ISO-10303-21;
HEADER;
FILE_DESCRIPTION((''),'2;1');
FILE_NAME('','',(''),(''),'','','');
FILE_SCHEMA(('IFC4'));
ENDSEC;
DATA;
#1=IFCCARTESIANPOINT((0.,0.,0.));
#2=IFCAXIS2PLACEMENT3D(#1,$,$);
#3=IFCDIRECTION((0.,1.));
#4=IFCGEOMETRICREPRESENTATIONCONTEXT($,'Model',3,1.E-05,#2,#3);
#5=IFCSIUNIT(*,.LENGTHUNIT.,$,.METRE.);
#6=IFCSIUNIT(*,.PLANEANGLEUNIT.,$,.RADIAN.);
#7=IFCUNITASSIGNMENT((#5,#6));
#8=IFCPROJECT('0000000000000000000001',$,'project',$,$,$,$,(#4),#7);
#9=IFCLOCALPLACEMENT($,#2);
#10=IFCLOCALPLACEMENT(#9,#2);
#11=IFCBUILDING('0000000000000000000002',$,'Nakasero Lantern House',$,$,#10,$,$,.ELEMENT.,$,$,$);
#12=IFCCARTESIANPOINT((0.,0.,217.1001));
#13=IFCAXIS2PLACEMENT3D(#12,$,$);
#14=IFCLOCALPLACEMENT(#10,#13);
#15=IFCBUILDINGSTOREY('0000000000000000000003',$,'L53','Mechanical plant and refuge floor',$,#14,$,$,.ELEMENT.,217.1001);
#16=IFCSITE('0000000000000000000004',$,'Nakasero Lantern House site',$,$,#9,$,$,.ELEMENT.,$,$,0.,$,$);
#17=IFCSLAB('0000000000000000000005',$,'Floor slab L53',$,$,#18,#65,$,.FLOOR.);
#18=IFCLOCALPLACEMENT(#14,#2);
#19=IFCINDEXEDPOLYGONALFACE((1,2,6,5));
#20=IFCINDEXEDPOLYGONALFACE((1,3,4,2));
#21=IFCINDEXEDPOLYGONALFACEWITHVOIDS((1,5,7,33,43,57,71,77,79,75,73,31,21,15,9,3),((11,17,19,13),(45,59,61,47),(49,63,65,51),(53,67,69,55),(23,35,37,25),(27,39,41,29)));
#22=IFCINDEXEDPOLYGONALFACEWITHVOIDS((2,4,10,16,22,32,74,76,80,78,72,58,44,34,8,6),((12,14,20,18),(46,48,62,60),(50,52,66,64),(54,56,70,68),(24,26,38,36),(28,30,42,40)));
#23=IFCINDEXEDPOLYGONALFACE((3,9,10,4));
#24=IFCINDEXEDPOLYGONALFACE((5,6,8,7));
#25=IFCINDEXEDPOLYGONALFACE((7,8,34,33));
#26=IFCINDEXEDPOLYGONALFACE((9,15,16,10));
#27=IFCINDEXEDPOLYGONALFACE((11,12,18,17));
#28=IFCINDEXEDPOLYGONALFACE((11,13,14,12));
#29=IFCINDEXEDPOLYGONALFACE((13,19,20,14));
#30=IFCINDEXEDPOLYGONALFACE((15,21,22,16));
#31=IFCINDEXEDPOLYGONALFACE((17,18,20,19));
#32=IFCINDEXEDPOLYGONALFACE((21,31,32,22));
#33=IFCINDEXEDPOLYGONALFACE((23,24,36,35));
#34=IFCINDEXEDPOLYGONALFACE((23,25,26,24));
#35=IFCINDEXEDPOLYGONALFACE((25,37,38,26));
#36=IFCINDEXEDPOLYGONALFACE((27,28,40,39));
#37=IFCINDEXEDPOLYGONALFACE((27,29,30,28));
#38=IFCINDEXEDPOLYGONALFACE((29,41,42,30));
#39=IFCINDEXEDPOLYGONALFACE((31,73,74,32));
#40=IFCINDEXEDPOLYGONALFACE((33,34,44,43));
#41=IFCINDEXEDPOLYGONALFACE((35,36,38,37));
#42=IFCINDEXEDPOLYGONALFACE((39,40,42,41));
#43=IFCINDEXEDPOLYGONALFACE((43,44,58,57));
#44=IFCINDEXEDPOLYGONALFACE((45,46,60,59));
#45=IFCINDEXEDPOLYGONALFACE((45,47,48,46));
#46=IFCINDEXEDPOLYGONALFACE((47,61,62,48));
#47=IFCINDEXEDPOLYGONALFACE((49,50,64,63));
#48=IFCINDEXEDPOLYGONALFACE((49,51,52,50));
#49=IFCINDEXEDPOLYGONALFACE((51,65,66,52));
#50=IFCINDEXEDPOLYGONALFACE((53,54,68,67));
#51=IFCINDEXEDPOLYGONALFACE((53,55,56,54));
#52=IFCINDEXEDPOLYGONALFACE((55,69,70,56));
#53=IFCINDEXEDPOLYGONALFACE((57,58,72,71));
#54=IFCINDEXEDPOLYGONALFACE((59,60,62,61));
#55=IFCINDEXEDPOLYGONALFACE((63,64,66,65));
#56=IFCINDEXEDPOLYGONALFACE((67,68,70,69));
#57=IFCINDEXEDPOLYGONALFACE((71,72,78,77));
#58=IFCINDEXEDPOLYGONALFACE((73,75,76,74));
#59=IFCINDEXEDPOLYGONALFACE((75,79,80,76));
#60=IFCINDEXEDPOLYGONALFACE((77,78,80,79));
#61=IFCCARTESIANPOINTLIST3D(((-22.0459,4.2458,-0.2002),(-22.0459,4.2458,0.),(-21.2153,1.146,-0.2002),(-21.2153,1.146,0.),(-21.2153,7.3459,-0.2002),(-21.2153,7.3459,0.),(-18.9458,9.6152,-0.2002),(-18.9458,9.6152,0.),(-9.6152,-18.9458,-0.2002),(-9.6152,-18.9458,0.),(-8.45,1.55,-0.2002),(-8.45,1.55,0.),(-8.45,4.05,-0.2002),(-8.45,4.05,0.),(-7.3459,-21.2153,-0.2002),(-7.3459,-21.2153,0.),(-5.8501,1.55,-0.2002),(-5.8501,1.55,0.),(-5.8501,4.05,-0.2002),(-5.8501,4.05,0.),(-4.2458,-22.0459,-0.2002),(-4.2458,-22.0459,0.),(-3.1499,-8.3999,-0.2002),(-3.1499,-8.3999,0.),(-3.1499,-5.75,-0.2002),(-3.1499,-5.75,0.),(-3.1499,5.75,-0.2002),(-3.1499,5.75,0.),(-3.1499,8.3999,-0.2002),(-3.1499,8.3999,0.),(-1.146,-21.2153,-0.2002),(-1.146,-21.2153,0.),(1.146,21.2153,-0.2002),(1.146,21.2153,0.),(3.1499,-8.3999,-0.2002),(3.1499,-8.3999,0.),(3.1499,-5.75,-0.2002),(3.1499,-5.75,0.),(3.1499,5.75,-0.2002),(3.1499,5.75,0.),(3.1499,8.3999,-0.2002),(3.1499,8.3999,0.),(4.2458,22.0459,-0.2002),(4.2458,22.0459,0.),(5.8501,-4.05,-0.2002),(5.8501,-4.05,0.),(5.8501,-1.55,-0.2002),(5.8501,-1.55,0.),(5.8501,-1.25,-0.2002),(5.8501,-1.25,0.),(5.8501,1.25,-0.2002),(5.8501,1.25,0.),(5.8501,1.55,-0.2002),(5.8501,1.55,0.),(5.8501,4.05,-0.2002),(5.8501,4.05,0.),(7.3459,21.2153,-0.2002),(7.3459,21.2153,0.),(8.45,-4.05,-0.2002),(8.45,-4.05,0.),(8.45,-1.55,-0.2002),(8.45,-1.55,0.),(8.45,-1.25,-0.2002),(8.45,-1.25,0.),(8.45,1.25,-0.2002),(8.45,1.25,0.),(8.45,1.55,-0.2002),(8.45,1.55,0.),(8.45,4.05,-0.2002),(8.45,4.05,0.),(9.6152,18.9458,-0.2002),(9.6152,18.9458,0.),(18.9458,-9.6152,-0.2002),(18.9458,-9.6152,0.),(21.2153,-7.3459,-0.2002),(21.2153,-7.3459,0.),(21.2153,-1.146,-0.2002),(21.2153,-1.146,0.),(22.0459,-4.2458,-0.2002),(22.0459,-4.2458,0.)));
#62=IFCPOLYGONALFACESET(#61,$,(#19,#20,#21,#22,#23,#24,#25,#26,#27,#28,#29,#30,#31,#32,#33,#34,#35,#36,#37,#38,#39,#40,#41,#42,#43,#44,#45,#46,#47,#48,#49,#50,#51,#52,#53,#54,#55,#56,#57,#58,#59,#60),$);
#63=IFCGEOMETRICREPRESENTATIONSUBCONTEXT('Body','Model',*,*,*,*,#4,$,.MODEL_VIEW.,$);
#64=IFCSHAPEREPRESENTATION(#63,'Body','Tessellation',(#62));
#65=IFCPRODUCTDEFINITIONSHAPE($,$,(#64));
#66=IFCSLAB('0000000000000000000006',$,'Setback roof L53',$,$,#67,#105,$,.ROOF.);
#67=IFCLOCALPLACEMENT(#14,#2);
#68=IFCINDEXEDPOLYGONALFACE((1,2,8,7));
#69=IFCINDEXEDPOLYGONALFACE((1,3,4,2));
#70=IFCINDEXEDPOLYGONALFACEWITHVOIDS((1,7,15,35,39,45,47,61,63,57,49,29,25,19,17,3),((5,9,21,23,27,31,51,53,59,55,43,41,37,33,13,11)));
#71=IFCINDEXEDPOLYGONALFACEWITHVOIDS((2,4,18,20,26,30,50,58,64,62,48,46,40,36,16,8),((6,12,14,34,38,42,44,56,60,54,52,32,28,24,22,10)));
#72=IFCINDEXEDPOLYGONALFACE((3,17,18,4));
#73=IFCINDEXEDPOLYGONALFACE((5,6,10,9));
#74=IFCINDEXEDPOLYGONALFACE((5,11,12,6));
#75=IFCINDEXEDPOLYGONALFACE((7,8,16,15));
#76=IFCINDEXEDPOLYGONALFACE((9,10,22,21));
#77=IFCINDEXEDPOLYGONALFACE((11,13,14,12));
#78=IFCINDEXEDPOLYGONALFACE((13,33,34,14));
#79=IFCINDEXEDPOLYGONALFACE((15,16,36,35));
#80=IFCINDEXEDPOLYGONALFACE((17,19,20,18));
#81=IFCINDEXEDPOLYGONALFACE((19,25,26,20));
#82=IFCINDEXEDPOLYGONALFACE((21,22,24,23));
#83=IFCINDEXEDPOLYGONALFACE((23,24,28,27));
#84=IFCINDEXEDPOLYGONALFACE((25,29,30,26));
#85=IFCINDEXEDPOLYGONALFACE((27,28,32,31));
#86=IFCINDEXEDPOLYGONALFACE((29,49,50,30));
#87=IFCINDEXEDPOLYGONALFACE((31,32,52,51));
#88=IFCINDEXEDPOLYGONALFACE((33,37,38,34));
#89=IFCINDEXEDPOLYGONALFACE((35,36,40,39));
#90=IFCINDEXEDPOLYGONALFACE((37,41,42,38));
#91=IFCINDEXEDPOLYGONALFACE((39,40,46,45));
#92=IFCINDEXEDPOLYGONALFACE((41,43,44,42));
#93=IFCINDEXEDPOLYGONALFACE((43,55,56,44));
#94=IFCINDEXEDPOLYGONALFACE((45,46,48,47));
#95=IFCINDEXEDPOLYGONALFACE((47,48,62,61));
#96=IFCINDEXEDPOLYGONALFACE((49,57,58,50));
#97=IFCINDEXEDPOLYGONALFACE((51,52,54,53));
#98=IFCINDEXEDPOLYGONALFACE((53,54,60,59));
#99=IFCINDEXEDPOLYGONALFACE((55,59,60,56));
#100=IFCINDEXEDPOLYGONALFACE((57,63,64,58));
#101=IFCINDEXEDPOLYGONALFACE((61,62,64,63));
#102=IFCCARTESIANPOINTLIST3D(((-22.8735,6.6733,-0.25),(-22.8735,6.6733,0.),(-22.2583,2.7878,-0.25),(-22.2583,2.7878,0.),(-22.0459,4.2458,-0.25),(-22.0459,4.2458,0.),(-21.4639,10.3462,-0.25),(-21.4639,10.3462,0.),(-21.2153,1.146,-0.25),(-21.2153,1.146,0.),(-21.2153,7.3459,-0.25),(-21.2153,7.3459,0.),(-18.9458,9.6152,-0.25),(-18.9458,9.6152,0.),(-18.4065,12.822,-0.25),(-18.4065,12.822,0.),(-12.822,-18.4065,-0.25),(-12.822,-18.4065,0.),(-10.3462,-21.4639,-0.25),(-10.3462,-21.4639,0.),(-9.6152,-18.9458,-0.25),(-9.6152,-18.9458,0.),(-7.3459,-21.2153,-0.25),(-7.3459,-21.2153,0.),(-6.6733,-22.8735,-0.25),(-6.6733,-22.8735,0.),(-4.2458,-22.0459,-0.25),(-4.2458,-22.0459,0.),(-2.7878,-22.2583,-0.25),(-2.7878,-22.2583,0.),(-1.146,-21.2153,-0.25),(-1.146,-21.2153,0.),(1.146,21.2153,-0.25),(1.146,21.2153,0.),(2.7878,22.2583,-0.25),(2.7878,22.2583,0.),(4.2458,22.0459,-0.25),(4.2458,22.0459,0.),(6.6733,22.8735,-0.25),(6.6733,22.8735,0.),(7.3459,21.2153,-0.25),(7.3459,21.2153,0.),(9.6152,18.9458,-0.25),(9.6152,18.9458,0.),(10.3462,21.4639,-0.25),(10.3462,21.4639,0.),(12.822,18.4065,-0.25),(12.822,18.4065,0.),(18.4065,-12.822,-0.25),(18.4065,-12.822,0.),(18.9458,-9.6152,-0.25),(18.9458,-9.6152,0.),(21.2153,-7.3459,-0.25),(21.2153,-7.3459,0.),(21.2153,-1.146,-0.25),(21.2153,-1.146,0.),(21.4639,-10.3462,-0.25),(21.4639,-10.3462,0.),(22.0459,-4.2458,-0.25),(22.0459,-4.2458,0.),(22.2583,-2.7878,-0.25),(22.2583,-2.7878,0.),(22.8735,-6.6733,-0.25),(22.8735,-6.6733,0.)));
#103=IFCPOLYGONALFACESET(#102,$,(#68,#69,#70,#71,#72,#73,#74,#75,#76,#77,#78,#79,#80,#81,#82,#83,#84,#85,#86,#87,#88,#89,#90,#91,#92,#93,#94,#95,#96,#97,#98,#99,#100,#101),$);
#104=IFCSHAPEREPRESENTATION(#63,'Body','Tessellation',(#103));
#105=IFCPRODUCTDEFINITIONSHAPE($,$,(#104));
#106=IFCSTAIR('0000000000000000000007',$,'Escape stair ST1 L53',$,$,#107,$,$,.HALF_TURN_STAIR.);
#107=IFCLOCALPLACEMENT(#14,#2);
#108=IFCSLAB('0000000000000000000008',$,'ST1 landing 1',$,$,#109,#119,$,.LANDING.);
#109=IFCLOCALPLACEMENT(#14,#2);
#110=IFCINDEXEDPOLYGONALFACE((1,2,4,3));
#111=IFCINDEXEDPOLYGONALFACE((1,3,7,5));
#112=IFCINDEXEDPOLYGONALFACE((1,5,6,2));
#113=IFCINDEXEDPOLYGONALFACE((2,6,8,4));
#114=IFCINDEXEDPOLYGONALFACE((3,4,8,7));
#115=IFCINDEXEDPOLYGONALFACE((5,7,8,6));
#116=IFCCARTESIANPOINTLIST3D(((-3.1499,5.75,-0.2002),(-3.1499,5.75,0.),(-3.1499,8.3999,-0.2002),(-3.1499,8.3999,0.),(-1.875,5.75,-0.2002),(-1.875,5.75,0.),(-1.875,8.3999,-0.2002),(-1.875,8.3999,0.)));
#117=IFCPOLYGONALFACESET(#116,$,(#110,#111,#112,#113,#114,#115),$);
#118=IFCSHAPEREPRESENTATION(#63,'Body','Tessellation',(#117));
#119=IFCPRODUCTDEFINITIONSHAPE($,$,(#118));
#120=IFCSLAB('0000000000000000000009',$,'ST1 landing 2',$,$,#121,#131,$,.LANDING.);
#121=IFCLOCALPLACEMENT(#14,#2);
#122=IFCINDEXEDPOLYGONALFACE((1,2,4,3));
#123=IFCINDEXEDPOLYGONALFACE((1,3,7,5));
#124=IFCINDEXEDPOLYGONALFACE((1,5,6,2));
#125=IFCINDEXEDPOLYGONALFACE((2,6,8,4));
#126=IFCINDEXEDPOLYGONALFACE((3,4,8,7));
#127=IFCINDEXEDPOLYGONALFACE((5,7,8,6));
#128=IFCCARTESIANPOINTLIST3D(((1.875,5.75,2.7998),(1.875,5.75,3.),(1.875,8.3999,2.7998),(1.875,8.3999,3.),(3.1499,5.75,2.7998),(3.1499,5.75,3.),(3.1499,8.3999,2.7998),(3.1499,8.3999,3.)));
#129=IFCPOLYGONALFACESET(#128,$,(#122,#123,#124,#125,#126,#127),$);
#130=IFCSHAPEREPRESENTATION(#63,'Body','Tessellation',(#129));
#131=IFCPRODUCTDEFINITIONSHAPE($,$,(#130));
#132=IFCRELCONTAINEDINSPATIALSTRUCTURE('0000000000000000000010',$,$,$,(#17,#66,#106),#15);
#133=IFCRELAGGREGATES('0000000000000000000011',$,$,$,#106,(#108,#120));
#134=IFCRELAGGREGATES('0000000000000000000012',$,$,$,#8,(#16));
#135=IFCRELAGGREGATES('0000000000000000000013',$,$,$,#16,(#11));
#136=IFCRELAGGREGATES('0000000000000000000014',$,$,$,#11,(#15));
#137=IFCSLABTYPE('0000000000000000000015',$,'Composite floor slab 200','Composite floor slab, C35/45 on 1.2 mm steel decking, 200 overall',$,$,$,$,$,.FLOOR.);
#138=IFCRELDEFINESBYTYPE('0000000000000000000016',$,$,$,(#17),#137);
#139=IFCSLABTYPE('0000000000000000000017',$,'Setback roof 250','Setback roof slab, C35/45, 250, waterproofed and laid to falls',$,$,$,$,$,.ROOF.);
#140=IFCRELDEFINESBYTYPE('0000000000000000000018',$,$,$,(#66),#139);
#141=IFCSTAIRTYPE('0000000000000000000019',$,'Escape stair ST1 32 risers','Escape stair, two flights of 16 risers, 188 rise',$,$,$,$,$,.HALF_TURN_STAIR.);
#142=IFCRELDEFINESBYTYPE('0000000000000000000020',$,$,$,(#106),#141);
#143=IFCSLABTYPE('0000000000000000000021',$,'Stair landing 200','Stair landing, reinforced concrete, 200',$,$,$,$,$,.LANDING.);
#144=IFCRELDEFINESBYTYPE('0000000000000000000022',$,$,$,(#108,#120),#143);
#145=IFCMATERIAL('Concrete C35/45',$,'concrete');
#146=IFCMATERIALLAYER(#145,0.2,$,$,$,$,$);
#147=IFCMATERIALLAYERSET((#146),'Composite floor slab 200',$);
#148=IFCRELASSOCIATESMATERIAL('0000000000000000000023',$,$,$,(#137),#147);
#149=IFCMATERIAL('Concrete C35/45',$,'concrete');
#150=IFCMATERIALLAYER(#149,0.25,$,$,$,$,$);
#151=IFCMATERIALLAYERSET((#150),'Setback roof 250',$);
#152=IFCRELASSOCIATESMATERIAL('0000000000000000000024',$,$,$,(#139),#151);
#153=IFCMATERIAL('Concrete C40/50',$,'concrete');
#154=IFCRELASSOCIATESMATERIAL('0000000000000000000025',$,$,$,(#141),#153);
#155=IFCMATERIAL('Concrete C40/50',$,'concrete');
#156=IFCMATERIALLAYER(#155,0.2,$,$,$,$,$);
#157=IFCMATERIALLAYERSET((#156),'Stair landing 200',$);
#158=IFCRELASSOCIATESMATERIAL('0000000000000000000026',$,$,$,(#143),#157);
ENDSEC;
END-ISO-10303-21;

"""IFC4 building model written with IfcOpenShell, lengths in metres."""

from ifc_helpers import new_model, si_unit, direction, frame, origin, place, context, subcontext, project, spatial, polyline, outline, extrude, material, layer, layer_set, type_object, element, aggregate, save


model = new_model("IFC4")

# Units and contexts
model_context = context("Model", 3, precision=1e-05, world=origin(), true_north=direction((0.0, 1.0)))
body_context = subcontext(model_context, "Body", "Model", "MODEL_VIEW")
ifc_project = project(units=[si_unit("LENGTHUNIT", "METRE"), si_unit("PLANEANGLEUNIT", "RADIAN")], contexts=[model_context])

# Site, building, storey
site_placement = place(None, origin())
site = spatial("IfcSite", under=ifc_project, at=site_placement, Name="Nakasero Lantern House site", CompositionType="ELEMENT", RefElevation=0.0)
building_placement = place(site_placement, origin())
building = spatial("IfcBuilding", under=site, at=building_placement, Name="Nakasero Lantern House", CompositionType="ELEMENT")
storey_placement = place(building_placement, frame((0.0, 0.0, 217.1001)))
storey = spatial("IfcBuildingStorey", under=building, at=storey_placement, Name="L53", Description="Mechanical plant and refuge floor", CompositionType="ELEMENT", Elevation=217.1001)

# Slabs
ifc_material_1 = material(Name="Concrete C35/45", Category="concrete")
ifc_layer_1 = layer(ifc_material_1, 0.2)
ifc_layer_set_1 = layer_set([ifc_layer_1], Name="Composite floor slab 200")
slab_type_1 = type_object("IfcSlabType", Name="Composite floor slab 200", Description="Composite floor slab, C35/45 on 1.2 mm steel decking, 200 overall", PredefinedType="FLOOR", material=ifc_layer_set_1)
slab_1_placement = place(storey_placement, frame((0.0, 0.0, -0.2002)))
element("IfcSlab", 1, at=slab_1_placement, inside=storey, type_object=slab_type_1, Name="Floor slab L53", PredefinedType="FLOOR", context=body_context, shape_type="SweptSolid", body=[
    extrude(outline(polyline([(9.6152, 18.9458), (7.3459, 21.2153), (4.2458, 22.0459), (1.146, 21.2153), (-18.9458, 9.6152), (-21.2153, 7.3459), (-22.0459, 4.2458), (-21.2153, 1.146), (-9.6152, -18.9458), (-7.3459, -21.2153), (-4.2458, -22.0459), (-1.146, -21.2153), (18.9458, -9.6152), (21.2153, -7.3459), (22.0459, -4.2458), (21.2153, -1.146), (9.6152, 18.9458)]), holes=[polyline([(-8.45, 1.55), (-5.8501, 1.55), (-5.8501, 4.05), (-8.45, 4.05), (-8.45, 1.55)]), polyline([(5.8501, -4.05), (8.45, -4.05), (8.45, -1.55), (5.8501, -1.55), (5.8501, -4.05)]), polyline([(5.8501, -1.25), (8.45, -1.25), (8.45, 1.25), (5.8501, 1.25), (5.8501, -1.25)]), polyline([(5.8501, 1.55), (8.45, 1.55), (8.45, 4.05), (5.8501, 4.05), (5.8501, 1.55)]), polyline([(-3.1499, 5.75), (3.1499, 5.75), (3.1499, 8.3999), (-3.1499, 8.3999), (-3.1499, 5.75)]), polyline([(-3.1499, -8.3999), (3.1499, -8.3999), (3.1499, -5.75), (-3.1499, -5.75), (-3.1499, -8.3999)])]), origin(), (0.0, 0.0, 1.0), 0.2002),
])
ifc_material_2 = material(Name="Concrete C35/45", Category="concrete")
ifc_layer_2 = layer(ifc_material_2, 0.25)
ifc_layer_set_2 = layer_set([ifc_layer_2], Name="Setback roof 250")
slab_type_2 = type_object("IfcSlabType", Name="Setback roof 250", Description="Setback roof slab, C35/45, 250, waterproofed and laid to falls", PredefinedType="ROOF", material=ifc_layer_set_2)
slab_2_placement = place(storey_placement, frame((0.0, 0.0, -0.25)))
element("IfcSlab", 2, at=slab_2_placement, inside=storey, type_object=slab_type_2, Name="Setback roof L53", PredefinedType="ROOF", context=body_context, shape_type="SweptSolid", body=[
    extrude(outline(polyline([(12.822, 18.4065), (10.3462, 21.4639), (6.6733, 22.8735), (2.7878, 22.2583), (-18.4065, 12.822), (-21.4639, 10.3462), (-22.8735, 6.6733), (-22.2583, 2.7878), (-12.822, -18.4065), (-10.3462, -21.4639), (-6.6733, -22.8735), (-2.7878, -22.2583), (18.4065, -12.822), (21.4639, -10.3462), (22.8735, -6.6733), (22.2583, -2.7878), (12.822, 18.4065)]), holes=[polyline([(9.6152, 18.9458), (7.3459, 21.2153), (4.2458, 22.0459), (1.146, 21.2153), (-18.9458, 9.6152), (-21.2153, 7.3459), (-22.0459, 4.2458), (-21.2153, 1.146), (-9.6152, -18.9458), (-7.3459, -21.2153), (-4.2458, -22.0459), (-1.146, -21.2153), (18.9458, -9.6152), (21.2153, -7.3459), (22.0459, -4.2458), (21.2153, -1.146), (9.6152, 18.9458)])]), origin(), (0.0, 0.0, 1.0), 0.25),
])

# Stair, slabs
ifc_material_3 = material(Name="Concrete C40/50", Category="concrete")
stair_type_1 = type_object("IfcStairType", Name="Escape stair ST1 32 risers", Description="Escape stair, two flights of 16 risers, 188 rise", PredefinedType="HALF_TURN_STAIR", material=ifc_material_3)
stair_1_placement = place(storey_placement, origin())
stair_1 = element("IfcStair", 3, at=stair_1_placement, inside=storey, type_object=stair_type_1, Name="Escape stair ST1 L53", PredefinedType="HALF_TURN_STAIR")
ifc_material_4 = material(Name="Concrete C40/50", Category="concrete")
ifc_layer_3 = layer(ifc_material_4, 0.2)
ifc_layer_set_3 = layer_set([ifc_layer_3], Name="Stair landing 200")
slab_type_3 = type_object("IfcSlabType", Name="Stair landing 200", Description="Stair landing, reinforced concrete, 200", PredefinedType="LANDING", material=ifc_layer_set_3)
slab_3_placement = place(storey_placement, frame((0.0, 0.0, -0.2002)))
slab_3 = element("IfcSlab", 4, at=slab_3_placement, type_object=slab_type_3, Name="ST1 landing 1", PredefinedType="LANDING", context=body_context, shape_type="SweptSolid", body=[
    extrude(outline(polyline([(-3.1499, 5.75), (-1.875, 5.75), (-1.875, 8.3999), (-3.1499, 8.3999), (-3.1499, 5.75)])), origin(), (0.0, 0.0, 1.0), 0.2002),
])
slab_4_placement = place(storey_placement, frame((0.0, 0.0, 2.7998)))
slab_4 = element("IfcSlab", 5, at=slab_4_placement, type_object=slab_type_3, Name="ST1 landing 2", PredefinedType="LANDING", context=body_context, shape_type="SweptSolid", body=[
    extrude(outline(polyline([(1.875, 5.75), (3.1499, 5.75), (3.1499, 8.3999), (1.875, 8.3999), (1.875, 5.75)])), origin(), (0.0, 0.0, 1.0), 0.2002),
])
aggregate(stair_1, [slab_3, slab_4])

save(model, "model.ifc")
